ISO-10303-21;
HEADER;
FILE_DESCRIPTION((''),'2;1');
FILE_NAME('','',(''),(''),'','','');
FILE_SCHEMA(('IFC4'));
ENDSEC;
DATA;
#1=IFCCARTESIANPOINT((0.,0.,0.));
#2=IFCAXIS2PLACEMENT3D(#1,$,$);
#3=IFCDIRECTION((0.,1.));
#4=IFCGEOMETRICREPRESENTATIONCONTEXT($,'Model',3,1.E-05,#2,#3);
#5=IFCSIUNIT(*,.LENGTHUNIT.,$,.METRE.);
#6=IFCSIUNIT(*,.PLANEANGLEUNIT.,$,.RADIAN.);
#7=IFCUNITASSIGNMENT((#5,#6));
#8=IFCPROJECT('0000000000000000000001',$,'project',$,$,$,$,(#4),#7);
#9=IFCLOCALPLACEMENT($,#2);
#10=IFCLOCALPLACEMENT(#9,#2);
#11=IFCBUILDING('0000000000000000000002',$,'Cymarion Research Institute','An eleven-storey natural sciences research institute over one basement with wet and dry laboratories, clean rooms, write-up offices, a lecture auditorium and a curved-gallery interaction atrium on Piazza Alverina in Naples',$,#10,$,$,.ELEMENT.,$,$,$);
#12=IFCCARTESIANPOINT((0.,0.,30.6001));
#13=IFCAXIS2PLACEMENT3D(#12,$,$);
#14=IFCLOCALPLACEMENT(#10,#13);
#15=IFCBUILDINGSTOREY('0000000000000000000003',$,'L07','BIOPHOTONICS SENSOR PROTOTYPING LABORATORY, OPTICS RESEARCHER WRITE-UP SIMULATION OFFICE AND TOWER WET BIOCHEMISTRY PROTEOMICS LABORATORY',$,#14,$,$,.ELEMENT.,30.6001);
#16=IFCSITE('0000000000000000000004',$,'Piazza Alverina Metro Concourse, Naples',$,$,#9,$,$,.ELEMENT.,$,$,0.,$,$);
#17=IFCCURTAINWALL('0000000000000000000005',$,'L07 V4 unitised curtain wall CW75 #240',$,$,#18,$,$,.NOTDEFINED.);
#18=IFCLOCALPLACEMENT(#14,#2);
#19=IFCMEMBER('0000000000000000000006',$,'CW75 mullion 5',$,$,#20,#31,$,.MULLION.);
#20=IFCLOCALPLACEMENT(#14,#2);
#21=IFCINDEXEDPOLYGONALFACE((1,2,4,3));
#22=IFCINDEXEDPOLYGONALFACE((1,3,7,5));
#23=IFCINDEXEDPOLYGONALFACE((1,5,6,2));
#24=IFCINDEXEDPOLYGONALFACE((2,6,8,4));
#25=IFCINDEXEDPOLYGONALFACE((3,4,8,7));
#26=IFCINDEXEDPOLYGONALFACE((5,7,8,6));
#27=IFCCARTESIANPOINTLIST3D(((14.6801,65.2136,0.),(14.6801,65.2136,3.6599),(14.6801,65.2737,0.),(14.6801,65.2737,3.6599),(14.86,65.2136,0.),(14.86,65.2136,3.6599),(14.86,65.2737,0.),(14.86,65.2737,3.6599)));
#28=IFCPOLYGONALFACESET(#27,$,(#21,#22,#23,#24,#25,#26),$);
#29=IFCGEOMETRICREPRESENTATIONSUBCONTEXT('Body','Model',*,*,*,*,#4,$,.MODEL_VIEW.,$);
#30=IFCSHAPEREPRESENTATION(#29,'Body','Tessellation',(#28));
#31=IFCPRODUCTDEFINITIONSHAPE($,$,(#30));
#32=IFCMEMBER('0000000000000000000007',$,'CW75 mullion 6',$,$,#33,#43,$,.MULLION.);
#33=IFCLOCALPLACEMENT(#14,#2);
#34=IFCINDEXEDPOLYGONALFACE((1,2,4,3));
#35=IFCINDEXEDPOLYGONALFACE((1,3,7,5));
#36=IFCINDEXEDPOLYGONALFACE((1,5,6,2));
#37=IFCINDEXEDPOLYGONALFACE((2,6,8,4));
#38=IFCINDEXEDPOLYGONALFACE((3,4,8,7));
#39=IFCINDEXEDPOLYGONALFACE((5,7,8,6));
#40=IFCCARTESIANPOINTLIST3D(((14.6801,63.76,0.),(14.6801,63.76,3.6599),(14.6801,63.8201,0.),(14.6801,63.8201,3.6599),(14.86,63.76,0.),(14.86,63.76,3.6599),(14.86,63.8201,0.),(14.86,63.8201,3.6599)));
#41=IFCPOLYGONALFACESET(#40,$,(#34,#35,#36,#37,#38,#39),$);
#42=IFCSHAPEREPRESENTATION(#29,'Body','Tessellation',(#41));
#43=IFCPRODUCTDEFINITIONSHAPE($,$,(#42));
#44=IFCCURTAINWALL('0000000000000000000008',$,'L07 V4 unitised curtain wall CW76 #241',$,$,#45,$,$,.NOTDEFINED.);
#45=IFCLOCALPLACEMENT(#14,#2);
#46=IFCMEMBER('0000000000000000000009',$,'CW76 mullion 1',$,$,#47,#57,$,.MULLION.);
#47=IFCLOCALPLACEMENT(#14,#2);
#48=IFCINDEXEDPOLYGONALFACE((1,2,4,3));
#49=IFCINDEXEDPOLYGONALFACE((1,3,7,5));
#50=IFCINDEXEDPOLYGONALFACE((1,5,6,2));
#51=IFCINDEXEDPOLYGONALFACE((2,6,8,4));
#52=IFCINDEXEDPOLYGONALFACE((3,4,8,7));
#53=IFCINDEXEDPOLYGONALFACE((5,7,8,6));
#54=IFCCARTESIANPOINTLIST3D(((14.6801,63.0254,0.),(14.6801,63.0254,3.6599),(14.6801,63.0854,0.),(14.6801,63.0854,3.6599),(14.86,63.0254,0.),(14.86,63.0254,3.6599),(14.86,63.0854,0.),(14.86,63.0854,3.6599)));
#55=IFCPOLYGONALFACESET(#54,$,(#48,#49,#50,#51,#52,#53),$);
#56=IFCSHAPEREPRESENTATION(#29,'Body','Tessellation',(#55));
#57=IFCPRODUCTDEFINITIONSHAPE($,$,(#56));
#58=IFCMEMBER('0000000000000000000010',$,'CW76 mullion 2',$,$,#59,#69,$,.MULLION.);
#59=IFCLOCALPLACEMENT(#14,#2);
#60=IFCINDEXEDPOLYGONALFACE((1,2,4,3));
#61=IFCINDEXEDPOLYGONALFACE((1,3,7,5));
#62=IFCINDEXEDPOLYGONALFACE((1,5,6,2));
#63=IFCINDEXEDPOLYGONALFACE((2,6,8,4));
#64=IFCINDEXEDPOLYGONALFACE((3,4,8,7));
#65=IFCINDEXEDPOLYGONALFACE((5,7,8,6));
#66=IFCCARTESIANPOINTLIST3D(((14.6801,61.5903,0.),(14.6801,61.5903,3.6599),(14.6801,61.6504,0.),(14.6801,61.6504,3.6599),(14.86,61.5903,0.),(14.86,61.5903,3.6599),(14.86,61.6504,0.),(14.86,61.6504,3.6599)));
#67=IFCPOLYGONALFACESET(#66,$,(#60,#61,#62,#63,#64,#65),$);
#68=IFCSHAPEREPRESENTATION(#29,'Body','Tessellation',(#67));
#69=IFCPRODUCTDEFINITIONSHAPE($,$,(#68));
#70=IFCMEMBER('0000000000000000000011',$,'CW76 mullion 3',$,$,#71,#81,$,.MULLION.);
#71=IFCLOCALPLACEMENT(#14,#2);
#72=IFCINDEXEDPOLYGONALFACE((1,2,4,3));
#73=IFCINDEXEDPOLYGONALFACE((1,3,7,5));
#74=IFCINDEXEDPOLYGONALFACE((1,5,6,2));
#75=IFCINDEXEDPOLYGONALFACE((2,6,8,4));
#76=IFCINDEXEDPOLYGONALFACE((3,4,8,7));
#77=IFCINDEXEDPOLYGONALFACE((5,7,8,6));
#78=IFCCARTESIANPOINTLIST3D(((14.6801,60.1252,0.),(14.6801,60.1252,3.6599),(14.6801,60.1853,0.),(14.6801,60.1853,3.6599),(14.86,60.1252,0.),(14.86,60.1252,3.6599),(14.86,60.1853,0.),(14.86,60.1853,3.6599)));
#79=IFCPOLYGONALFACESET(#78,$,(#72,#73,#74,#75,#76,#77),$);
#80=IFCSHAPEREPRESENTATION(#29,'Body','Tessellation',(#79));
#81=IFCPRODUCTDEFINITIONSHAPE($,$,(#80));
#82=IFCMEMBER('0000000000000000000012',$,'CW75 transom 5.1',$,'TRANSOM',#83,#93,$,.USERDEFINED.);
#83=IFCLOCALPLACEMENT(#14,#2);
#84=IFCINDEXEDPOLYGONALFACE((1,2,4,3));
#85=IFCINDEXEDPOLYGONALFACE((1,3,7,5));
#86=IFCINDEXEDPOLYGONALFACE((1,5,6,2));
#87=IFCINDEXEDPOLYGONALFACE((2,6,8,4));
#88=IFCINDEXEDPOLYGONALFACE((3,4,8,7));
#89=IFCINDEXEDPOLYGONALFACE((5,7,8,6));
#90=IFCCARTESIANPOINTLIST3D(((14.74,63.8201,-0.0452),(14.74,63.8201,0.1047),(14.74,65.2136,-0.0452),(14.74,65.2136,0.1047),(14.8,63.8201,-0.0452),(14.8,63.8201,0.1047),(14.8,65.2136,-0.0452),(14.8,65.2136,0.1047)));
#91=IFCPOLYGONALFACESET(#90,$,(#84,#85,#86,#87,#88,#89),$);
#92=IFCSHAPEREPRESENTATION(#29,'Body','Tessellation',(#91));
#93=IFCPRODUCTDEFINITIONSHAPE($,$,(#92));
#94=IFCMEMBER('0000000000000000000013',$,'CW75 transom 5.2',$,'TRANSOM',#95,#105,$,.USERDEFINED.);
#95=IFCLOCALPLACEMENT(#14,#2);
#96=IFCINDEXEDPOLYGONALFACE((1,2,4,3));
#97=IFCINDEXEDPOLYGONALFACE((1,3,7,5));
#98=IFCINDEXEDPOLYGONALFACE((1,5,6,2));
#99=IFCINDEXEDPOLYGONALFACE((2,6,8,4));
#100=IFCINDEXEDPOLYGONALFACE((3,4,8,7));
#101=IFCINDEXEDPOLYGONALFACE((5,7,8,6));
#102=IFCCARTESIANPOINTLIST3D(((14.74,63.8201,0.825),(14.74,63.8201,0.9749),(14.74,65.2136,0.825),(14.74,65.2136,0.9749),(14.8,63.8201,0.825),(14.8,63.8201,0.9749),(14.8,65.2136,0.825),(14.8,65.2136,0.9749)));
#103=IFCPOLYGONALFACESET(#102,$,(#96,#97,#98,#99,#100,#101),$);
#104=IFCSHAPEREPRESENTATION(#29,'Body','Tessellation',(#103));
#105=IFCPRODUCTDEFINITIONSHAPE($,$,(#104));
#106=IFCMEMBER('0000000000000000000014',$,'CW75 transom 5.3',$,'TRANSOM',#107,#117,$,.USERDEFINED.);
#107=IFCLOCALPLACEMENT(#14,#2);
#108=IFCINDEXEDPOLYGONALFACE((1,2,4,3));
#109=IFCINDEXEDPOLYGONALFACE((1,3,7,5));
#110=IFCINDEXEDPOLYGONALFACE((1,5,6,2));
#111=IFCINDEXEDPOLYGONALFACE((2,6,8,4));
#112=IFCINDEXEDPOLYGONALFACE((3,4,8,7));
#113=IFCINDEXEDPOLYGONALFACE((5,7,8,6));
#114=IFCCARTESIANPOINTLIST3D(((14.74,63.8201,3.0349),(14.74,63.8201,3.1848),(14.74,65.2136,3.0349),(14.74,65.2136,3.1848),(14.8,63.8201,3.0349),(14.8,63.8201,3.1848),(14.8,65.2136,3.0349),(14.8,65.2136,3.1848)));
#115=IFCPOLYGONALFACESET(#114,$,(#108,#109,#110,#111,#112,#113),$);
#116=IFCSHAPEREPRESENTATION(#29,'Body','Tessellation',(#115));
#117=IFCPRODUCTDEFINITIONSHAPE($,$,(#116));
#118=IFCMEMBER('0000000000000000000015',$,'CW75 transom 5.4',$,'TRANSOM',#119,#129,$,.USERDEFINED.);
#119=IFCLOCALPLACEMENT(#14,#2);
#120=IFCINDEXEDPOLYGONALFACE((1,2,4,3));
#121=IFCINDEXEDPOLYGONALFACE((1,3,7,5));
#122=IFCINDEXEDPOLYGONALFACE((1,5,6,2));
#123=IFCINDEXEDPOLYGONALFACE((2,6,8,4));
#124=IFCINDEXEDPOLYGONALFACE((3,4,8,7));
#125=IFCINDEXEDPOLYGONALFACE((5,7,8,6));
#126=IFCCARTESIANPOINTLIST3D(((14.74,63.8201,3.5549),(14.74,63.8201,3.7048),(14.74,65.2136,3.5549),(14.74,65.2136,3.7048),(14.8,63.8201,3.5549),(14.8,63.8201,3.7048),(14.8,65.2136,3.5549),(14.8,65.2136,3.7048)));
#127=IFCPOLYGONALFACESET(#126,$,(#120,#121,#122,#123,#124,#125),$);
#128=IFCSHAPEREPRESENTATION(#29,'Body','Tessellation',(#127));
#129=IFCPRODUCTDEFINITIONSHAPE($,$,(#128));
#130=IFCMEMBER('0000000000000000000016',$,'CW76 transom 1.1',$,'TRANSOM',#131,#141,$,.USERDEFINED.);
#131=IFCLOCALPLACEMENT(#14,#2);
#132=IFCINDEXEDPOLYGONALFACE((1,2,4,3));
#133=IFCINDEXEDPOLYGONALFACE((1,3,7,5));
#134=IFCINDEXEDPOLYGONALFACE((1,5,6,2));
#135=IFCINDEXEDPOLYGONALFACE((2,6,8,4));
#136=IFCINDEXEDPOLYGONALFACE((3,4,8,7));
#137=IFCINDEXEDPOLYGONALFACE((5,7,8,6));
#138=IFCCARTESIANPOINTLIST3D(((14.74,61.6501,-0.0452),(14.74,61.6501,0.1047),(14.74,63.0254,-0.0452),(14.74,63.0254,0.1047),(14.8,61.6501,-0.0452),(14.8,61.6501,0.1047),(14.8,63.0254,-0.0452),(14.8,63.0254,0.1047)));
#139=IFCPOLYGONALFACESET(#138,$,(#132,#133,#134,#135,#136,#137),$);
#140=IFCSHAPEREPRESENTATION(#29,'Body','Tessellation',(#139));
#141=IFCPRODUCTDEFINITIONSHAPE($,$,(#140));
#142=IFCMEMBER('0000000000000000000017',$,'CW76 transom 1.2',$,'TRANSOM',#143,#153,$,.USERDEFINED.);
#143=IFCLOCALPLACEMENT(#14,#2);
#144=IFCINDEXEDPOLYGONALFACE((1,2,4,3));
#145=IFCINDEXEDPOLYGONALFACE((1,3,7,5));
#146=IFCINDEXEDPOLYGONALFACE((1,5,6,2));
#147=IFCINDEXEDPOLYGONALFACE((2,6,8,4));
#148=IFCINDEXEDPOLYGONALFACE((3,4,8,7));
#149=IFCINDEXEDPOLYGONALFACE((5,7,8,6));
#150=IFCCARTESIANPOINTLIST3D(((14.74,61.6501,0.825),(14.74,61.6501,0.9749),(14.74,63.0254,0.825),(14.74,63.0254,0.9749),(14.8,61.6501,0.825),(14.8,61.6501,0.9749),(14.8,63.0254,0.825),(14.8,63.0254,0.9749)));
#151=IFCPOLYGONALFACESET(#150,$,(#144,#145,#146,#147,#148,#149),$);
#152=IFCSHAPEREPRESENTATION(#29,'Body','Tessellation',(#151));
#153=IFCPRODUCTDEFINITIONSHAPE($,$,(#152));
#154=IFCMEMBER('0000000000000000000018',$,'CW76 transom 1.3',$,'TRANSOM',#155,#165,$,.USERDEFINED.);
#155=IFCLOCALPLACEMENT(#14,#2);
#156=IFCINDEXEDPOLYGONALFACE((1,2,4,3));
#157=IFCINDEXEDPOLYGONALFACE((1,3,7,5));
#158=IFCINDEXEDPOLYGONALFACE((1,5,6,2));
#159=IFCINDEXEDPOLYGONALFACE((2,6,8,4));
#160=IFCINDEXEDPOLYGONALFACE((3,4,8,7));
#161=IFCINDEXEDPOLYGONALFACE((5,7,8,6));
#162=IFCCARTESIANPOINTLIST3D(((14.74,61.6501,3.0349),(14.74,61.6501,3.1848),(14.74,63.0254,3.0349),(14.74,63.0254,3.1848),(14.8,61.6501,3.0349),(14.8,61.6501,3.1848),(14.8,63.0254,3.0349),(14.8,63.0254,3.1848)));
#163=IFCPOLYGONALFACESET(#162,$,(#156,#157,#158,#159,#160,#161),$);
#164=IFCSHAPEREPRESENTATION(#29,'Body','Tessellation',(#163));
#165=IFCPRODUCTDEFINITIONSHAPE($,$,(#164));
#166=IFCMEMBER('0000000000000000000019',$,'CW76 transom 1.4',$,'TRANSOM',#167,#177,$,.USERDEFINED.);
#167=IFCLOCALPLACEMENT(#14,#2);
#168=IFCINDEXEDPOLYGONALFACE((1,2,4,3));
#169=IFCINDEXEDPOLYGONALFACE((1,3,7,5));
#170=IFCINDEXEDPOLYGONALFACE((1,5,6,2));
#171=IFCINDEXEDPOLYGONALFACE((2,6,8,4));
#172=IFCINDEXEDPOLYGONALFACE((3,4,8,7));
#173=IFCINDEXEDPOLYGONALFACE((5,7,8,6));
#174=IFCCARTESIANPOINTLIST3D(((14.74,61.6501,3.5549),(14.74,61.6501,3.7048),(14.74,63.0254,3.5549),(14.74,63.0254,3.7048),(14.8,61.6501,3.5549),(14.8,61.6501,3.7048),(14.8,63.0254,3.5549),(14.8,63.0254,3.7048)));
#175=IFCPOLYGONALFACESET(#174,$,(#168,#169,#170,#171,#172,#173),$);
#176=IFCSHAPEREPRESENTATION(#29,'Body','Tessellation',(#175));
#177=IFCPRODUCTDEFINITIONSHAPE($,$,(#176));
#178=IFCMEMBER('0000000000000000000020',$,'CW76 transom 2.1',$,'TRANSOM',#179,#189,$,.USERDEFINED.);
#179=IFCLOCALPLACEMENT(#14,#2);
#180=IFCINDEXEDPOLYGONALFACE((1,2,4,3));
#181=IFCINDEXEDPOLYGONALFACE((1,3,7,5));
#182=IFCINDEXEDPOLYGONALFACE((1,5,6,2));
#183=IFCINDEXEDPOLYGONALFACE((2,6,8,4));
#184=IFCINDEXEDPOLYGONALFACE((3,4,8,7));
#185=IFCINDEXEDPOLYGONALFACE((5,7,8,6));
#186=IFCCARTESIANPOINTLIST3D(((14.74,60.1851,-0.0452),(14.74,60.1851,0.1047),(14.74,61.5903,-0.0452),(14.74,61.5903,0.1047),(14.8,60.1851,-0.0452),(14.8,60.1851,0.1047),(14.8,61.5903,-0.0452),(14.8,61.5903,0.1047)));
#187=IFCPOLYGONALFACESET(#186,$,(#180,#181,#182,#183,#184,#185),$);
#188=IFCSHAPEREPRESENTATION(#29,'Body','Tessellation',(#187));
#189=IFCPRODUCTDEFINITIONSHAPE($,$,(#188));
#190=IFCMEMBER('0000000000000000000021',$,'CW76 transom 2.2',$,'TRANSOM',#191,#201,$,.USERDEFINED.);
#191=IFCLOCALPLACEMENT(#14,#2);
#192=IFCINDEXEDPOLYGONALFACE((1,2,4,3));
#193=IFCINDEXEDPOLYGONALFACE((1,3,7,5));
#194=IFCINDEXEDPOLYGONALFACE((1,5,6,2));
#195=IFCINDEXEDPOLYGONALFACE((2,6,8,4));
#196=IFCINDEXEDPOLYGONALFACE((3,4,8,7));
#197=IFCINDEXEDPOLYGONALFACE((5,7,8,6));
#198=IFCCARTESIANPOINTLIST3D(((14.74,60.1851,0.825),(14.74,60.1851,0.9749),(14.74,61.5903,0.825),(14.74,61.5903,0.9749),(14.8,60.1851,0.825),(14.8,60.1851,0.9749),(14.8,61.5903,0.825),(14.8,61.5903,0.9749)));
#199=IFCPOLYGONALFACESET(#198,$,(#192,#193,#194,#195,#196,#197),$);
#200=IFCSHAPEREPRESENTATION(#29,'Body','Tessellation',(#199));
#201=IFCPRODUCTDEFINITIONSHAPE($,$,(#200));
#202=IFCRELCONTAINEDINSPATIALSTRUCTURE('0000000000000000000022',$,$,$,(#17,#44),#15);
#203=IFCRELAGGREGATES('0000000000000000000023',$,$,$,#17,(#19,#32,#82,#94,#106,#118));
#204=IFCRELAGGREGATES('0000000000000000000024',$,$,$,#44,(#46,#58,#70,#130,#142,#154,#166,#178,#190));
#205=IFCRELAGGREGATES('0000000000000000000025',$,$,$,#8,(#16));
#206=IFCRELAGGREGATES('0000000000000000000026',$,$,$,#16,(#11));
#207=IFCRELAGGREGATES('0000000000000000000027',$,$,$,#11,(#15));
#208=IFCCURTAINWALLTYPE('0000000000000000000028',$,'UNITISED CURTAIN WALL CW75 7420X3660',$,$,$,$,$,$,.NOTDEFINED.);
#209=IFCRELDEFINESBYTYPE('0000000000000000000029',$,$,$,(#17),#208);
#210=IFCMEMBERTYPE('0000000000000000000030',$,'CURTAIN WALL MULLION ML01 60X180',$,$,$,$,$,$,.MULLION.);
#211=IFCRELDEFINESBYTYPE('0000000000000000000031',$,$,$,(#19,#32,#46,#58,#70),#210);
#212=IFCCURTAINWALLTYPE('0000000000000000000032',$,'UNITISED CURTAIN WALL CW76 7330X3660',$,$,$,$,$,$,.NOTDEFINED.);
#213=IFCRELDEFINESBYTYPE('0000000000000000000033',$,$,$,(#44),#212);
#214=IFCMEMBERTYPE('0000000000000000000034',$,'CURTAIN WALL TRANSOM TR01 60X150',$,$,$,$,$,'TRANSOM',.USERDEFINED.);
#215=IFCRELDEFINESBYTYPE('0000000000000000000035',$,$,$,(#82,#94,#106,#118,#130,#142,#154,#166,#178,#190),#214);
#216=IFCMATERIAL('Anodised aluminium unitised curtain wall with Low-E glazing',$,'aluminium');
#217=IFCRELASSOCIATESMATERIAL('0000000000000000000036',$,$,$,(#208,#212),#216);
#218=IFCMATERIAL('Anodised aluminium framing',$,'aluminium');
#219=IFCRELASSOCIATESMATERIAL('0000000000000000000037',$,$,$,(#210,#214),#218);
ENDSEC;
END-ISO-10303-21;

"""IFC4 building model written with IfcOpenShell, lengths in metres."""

from ifc_helpers import new_model, si_unit, direction, frame, origin, origin_2d, place, context, subcontext, project, spatial, rectangle, extrude, material, material_profile, profile_set, type_object, element, aggregate, save


model = new_model("IFC4")

# Units and contexts
model_context = context("Model", 3, precision=1e-05, world=origin(), true_north=direction((0.0, 1.0)))
body_context = subcontext(model_context, "Body", "Model", "MODEL_VIEW")
ifc_project = project(units=[si_unit("LENGTHUNIT", "METRE"), si_unit("PLANEANGLEUNIT", "RADIAN")], contexts=[model_context])

# Site, building, storey
site_placement = place(None, origin())
site = spatial("IfcSite", under=ifc_project, at=site_placement, Name="Piazza Alverina Metro Concourse, Naples", CompositionType="ELEMENT", RefElevation=0.0)
building_placement = place(site_placement, origin())
building = spatial("IfcBuilding", under=site, at=building_placement, Name="Cymarion Research Institute", Description="An eleven-storey natural sciences research institute over one basement with wet and dry laboratories, clean rooms, write-up offices, a lecture auditorium and a curved-gallery interaction atrium on Piazza Alverina in Naples", CompositionType="ELEMENT")
storey_placement = place(building_placement, frame((0.0, 0.0, 30.6001)))
storey = spatial("IfcBuildingStorey", under=building, at=storey_placement, Name="L07", Description="BIOPHOTONICS SENSOR PROTOTYPING LABORATORY, OPTICS RESEARCHER WRITE-UP SIMULATION OFFICE AND TOWER WET BIOCHEMISTRY PROTEOMICS LABORATORY", CompositionType="ELEMENT", Elevation=30.6001)

# Curtain walls, members
ifc_material_1 = material(Name="Anodised aluminium unitised curtain wall with Low-E glazing", Category="aluminium")
curtain_wall_type_1 = type_object("IfcCurtainWallType", Name="UNITISED CURTAIN WALL CW75 7420X3660", PredefinedType="NOTDEFINED", material=ifc_material_1)
curtain_wall_1_placement = place(storey_placement, origin())
curtain_wall_1 = element("IfcCurtainWall", 1, at=curtain_wall_1_placement, inside=storey, type_object=curtain_wall_type_1, Name="L07 V4 unitised curtain wall CW75 #240", PredefinedType="NOTDEFINED")
ifc_material_2 = material(Name="Anodised aluminium framing", Category="aluminium")
ifc_material_profile_1 = material_profile(ifc_material_2, rectangle(XDim=0.0601, YDim=0.1799, at=origin_2d()), Name="ALU MULLION 60x180")
ifc_profile_set_1 = profile_set([ifc_material_profile_1], Name="Anodised aluminium framing")
member_type_1 = type_object("IfcMemberType", Name="CURTAIN WALL MULLION ML01 60X180", PredefinedType="MULLION", material=ifc_profile_set_1)
member_1_placement = place(storey_placement, frame((14.77, 65.2437, 0.0), z_axis=(0.0, 0.0, 1.0), x_axis=(0.0, -1.0, 0.0)))
member_1 = element("IfcMember", 2, at=member_1_placement, type_object=member_type_1, Name="CW75 mullion 5", PredefinedType="MULLION", context=body_context, shape_type="SweptSolid", body=[
    extrude(rectangle(XDim=0.0601, YDim=0.1799, at=origin_2d()), origin(), (0.0, 0.0, 1.0), 3.6599),
])
member_2_placement = place(storey_placement, frame((14.77, 63.79, 0.0), z_axis=(0.0, 0.0, 1.0), x_axis=(0.0, -1.0, 0.0)))
member_2 = element("IfcMember", 3, at=member_2_placement, type_object=member_type_1, Name="CW75 mullion 6", PredefinedType="MULLION", context=body_context, shape_type="SweptSolid", body=[
    extrude(rectangle(XDim=0.0601, YDim=0.1799, at=origin_2d()), origin(), (0.0, 0.0, 1.0), 3.6599),
])
curtain_wall_type_2 = type_object("IfcCurtainWallType", Name="UNITISED CURTAIN WALL CW76 7330X3660", PredefinedType="NOTDEFINED", material=ifc_material_1)
curtain_wall_2_placement = place(storey_placement, origin())
curtain_wall_2 = element("IfcCurtainWall", 4, at=curtain_wall_2_placement, inside=storey, type_object=curtain_wall_type_2, Name="L07 V4 unitised curtain wall CW76 #241", PredefinedType="NOTDEFINED")
member_3_placement = place(storey_placement, frame((14.77, 63.0554, 0.0), z_axis=(0.0, 0.0, 1.0), x_axis=(0.0, -1.0, 0.0)))
member_3 = element("IfcMember", 5, at=member_3_placement, type_object=member_type_1, Name="CW76 mullion 1", PredefinedType="MULLION", context=body_context, shape_type="SweptSolid", body=[
    extrude(rectangle(XDim=0.0601, YDim=0.1799, at=origin_2d()), origin(), (0.0, 0.0, 1.0), 3.6599),
])
member_4_placement = place(storey_placement, frame((14.77, 61.6204, 0.0), z_axis=(0.0, 0.0, 1.0), x_axis=(0.0, -1.0, 0.0)))
member_4 = element("IfcMember", 6, at=member_4_placement, type_object=member_type_1, Name="CW76 mullion 2", PredefinedType="MULLION", context=body_context, shape_type="SweptSolid", body=[
    extrude(rectangle(XDim=0.0601, YDim=0.1799, at=origin_2d()), origin(), (0.0, 0.0, 1.0), 3.6599),
])
member_5_placement = place(storey_placement, frame((14.77, 60.1553, 0.0), z_axis=(0.0, 0.0, 1.0), x_axis=(0.0, -1.0, 0.0)))
member_5 = element("IfcMember", 7, at=member_5_placement, type_object=member_type_1, Name="CW76 mullion 3", PredefinedType="MULLION", context=body_context, shape_type="SweptSolid", body=[
    extrude(rectangle(XDim=0.0601, YDim=0.1799, at=origin_2d()), origin(), (0.0, 0.0, 1.0), 3.6599),
])

# Members
ifc_material_profile_2 = material_profile(ifc_material_2, rectangle(XDim=0.0601, YDim=0.1499, at=origin_2d()), Name="ALU TRANSOM 60x150")
ifc_profile_set_2 = profile_set([ifc_material_profile_2], Name="Anodised aluminium framing")
member_type_2 = type_object("IfcMemberType", Name="CURTAIN WALL TRANSOM TR01 60X150", ElementType="TRANSOM", PredefinedType="USERDEFINED", material=ifc_profile_set_2)
member_6_placement = place(storey_placement, frame((14.77, 65.2136, 0.0298), z_axis=(0.0, -1.0, 0.0), x_axis=(1.0, 0.0, 0.0)))
member_6 = element("IfcMember", 8, at=member_6_placement, type_object=member_type_2, Name="CW75 transom 5.1", ObjectType="TRANSOM", PredefinedType="USERDEFINED", context=body_context, shape_type="SweptSolid", body=[
    extrude(rectangle(XDim=0.0601, YDim=0.1499, at=origin_2d()), origin(), (0.0, 0.0, 1.0), 1.3936),
])
member_7_placement = place(storey_placement, frame((14.77, 65.2136, 0.8999), z_axis=(0.0, -1.0, 0.0), x_axis=(1.0, 0.0, 0.0)))
member_7 = element("IfcMember", 9, at=member_7_placement, type_object=member_type_2, Name="CW75 transom 5.2", ObjectType="TRANSOM", PredefinedType="USERDEFINED", context=body_context, shape_type="SweptSolid", body=[
    extrude(rectangle(XDim=0.0601, YDim=0.1499, at=origin_2d()), origin(), (0.0, 0.0, 1.0), 1.3936),
])
member_8_placement = place(storey_placement, frame((14.77, 65.2136, 3.1099), z_axis=(0.0, -1.0, 0.0), x_axis=(1.0, 0.0, 0.0)))
member_8 = element("IfcMember", 10, at=member_8_placement, type_object=member_type_2, Name="CW75 transom 5.3", ObjectType="TRANSOM", PredefinedType="USERDEFINED", context=body_context, shape_type="SweptSolid", body=[
    extrude(rectangle(XDim=0.0601, YDim=0.1499, at=origin_2d()), origin(), (0.0, 0.0, 1.0), 1.3936),
])
member_9_placement = place(storey_placement, frame((14.77, 65.2136, 3.6299), z_axis=(0.0, -1.0, 0.0), x_axis=(1.0, 0.0, 0.0)))
member_9 = element("IfcMember", 11, at=member_9_placement, type_object=member_type_2, Name="CW75 transom 5.4", ObjectType="TRANSOM", PredefinedType="USERDEFINED", context=body_context, shape_type="SweptSolid", body=[
    extrude(rectangle(XDim=0.0601, YDim=0.1499, at=origin_2d()), origin(), (0.0, 0.0, 1.0), 1.3936),
])
member_10_placement = place(storey_placement, frame((14.77, 63.0254, 0.0298), z_axis=(0.0, -1.0, 0.0), x_axis=(1.0, 0.0, 0.0)))
member_10 = element("IfcMember", 12, at=member_10_placement, type_object=member_type_2, Name="CW76 transom 1.1", ObjectType="TRANSOM", PredefinedType="USERDEFINED", context=body_context, shape_type="SweptSolid", body=[
    extrude(rectangle(XDim=0.0601, YDim=0.1499, at=origin_2d()), origin(), (0.0, 0.0, 1.0), 1.3752),
])
member_11_placement = place(storey_placement, frame((14.77, 63.0254, 0.8999), z_axis=(0.0, -1.0, 0.0), x_axis=(1.0, 0.0, 0.0)))
member_11 = element("IfcMember", 13, at=member_11_placement, type_object=member_type_2, Name="CW76 transom 1.2", ObjectType="TRANSOM", PredefinedType="USERDEFINED", context=body_context, shape_type="SweptSolid", body=[
    extrude(rectangle(XDim=0.0601, YDim=0.1499, at=origin_2d()), origin(), (0.0, 0.0, 1.0), 1.3752),
])
member_12_placement = place(storey_placement, frame((14.77, 63.0254, 3.1099), z_axis=(0.0, -1.0, 0.0), x_axis=(1.0, 0.0, 0.0)))
member_12 = element("IfcMember", 14, at=member_12_placement, type_object=member_type_2, Name="CW76 transom 1.3", ObjectType="TRANSOM", PredefinedType="USERDEFINED", context=body_context, shape_type="SweptSolid", body=[
    extrude(rectangle(XDim=0.0601, YDim=0.1499, at=origin_2d()), origin(), (0.0, 0.0, 1.0), 1.3752),
])
member_13_placement = place(storey_placement, frame((14.77, 63.0254, 3.6299), z_axis=(0.0, -1.0, 0.0), x_axis=(1.0, 0.0, 0.0)))
member_13 = element("IfcMember", 15, at=member_13_placement, type_object=member_type_2, Name="CW76 transom 1.4", ObjectType="TRANSOM", PredefinedType="USERDEFINED", context=body_context, shape_type="SweptSolid", body=[
    extrude(rectangle(XDim=0.0601, YDim=0.1499, at=origin_2d()), origin(), (0.0, 0.0, 1.0), 1.3752),
])
member_14_placement = place(storey_placement, frame((14.77, 61.5903, 0.0298), z_axis=(0.0, -1.0, 0.0), x_axis=(1.0, 0.0, 0.0)))
member_14 = element("IfcMember", 16, at=member_14_placement, type_object=member_type_2, Name="CW76 transom 2.1", ObjectType="TRANSOM", PredefinedType="USERDEFINED", context=body_context, shape_type="SweptSolid", body=[
    extrude(rectangle(XDim=0.0601, YDim=0.1499, at=origin_2d()), origin(), (0.0, 0.0, 1.0), 1.4053),
])
member_15_placement = place(storey_placement, frame((14.77, 61.5903, 0.8999), z_axis=(0.0, -1.0, 0.0), x_axis=(1.0, 0.0, 0.0)))
member_15 = element("IfcMember", 17, at=member_15_placement, type_object=member_type_2, Name="CW76 transom 2.2", ObjectType="TRANSOM", PredefinedType="USERDEFINED", context=body_context, shape_type="SweptSolid", body=[
    extrude(rectangle(XDim=0.0601, YDim=0.1499, at=origin_2d()), origin(), (0.0, 0.0, 1.0), 1.4053),
])

aggregate(curtain_wall_1, [member_1, member_2, member_6, member_7, member_8, member_9])
aggregate(curtain_wall_2, [member_3, member_4, member_5, member_10, member_11, member_12, member_13, member_14, member_15])

save(model, "model.ifc")
